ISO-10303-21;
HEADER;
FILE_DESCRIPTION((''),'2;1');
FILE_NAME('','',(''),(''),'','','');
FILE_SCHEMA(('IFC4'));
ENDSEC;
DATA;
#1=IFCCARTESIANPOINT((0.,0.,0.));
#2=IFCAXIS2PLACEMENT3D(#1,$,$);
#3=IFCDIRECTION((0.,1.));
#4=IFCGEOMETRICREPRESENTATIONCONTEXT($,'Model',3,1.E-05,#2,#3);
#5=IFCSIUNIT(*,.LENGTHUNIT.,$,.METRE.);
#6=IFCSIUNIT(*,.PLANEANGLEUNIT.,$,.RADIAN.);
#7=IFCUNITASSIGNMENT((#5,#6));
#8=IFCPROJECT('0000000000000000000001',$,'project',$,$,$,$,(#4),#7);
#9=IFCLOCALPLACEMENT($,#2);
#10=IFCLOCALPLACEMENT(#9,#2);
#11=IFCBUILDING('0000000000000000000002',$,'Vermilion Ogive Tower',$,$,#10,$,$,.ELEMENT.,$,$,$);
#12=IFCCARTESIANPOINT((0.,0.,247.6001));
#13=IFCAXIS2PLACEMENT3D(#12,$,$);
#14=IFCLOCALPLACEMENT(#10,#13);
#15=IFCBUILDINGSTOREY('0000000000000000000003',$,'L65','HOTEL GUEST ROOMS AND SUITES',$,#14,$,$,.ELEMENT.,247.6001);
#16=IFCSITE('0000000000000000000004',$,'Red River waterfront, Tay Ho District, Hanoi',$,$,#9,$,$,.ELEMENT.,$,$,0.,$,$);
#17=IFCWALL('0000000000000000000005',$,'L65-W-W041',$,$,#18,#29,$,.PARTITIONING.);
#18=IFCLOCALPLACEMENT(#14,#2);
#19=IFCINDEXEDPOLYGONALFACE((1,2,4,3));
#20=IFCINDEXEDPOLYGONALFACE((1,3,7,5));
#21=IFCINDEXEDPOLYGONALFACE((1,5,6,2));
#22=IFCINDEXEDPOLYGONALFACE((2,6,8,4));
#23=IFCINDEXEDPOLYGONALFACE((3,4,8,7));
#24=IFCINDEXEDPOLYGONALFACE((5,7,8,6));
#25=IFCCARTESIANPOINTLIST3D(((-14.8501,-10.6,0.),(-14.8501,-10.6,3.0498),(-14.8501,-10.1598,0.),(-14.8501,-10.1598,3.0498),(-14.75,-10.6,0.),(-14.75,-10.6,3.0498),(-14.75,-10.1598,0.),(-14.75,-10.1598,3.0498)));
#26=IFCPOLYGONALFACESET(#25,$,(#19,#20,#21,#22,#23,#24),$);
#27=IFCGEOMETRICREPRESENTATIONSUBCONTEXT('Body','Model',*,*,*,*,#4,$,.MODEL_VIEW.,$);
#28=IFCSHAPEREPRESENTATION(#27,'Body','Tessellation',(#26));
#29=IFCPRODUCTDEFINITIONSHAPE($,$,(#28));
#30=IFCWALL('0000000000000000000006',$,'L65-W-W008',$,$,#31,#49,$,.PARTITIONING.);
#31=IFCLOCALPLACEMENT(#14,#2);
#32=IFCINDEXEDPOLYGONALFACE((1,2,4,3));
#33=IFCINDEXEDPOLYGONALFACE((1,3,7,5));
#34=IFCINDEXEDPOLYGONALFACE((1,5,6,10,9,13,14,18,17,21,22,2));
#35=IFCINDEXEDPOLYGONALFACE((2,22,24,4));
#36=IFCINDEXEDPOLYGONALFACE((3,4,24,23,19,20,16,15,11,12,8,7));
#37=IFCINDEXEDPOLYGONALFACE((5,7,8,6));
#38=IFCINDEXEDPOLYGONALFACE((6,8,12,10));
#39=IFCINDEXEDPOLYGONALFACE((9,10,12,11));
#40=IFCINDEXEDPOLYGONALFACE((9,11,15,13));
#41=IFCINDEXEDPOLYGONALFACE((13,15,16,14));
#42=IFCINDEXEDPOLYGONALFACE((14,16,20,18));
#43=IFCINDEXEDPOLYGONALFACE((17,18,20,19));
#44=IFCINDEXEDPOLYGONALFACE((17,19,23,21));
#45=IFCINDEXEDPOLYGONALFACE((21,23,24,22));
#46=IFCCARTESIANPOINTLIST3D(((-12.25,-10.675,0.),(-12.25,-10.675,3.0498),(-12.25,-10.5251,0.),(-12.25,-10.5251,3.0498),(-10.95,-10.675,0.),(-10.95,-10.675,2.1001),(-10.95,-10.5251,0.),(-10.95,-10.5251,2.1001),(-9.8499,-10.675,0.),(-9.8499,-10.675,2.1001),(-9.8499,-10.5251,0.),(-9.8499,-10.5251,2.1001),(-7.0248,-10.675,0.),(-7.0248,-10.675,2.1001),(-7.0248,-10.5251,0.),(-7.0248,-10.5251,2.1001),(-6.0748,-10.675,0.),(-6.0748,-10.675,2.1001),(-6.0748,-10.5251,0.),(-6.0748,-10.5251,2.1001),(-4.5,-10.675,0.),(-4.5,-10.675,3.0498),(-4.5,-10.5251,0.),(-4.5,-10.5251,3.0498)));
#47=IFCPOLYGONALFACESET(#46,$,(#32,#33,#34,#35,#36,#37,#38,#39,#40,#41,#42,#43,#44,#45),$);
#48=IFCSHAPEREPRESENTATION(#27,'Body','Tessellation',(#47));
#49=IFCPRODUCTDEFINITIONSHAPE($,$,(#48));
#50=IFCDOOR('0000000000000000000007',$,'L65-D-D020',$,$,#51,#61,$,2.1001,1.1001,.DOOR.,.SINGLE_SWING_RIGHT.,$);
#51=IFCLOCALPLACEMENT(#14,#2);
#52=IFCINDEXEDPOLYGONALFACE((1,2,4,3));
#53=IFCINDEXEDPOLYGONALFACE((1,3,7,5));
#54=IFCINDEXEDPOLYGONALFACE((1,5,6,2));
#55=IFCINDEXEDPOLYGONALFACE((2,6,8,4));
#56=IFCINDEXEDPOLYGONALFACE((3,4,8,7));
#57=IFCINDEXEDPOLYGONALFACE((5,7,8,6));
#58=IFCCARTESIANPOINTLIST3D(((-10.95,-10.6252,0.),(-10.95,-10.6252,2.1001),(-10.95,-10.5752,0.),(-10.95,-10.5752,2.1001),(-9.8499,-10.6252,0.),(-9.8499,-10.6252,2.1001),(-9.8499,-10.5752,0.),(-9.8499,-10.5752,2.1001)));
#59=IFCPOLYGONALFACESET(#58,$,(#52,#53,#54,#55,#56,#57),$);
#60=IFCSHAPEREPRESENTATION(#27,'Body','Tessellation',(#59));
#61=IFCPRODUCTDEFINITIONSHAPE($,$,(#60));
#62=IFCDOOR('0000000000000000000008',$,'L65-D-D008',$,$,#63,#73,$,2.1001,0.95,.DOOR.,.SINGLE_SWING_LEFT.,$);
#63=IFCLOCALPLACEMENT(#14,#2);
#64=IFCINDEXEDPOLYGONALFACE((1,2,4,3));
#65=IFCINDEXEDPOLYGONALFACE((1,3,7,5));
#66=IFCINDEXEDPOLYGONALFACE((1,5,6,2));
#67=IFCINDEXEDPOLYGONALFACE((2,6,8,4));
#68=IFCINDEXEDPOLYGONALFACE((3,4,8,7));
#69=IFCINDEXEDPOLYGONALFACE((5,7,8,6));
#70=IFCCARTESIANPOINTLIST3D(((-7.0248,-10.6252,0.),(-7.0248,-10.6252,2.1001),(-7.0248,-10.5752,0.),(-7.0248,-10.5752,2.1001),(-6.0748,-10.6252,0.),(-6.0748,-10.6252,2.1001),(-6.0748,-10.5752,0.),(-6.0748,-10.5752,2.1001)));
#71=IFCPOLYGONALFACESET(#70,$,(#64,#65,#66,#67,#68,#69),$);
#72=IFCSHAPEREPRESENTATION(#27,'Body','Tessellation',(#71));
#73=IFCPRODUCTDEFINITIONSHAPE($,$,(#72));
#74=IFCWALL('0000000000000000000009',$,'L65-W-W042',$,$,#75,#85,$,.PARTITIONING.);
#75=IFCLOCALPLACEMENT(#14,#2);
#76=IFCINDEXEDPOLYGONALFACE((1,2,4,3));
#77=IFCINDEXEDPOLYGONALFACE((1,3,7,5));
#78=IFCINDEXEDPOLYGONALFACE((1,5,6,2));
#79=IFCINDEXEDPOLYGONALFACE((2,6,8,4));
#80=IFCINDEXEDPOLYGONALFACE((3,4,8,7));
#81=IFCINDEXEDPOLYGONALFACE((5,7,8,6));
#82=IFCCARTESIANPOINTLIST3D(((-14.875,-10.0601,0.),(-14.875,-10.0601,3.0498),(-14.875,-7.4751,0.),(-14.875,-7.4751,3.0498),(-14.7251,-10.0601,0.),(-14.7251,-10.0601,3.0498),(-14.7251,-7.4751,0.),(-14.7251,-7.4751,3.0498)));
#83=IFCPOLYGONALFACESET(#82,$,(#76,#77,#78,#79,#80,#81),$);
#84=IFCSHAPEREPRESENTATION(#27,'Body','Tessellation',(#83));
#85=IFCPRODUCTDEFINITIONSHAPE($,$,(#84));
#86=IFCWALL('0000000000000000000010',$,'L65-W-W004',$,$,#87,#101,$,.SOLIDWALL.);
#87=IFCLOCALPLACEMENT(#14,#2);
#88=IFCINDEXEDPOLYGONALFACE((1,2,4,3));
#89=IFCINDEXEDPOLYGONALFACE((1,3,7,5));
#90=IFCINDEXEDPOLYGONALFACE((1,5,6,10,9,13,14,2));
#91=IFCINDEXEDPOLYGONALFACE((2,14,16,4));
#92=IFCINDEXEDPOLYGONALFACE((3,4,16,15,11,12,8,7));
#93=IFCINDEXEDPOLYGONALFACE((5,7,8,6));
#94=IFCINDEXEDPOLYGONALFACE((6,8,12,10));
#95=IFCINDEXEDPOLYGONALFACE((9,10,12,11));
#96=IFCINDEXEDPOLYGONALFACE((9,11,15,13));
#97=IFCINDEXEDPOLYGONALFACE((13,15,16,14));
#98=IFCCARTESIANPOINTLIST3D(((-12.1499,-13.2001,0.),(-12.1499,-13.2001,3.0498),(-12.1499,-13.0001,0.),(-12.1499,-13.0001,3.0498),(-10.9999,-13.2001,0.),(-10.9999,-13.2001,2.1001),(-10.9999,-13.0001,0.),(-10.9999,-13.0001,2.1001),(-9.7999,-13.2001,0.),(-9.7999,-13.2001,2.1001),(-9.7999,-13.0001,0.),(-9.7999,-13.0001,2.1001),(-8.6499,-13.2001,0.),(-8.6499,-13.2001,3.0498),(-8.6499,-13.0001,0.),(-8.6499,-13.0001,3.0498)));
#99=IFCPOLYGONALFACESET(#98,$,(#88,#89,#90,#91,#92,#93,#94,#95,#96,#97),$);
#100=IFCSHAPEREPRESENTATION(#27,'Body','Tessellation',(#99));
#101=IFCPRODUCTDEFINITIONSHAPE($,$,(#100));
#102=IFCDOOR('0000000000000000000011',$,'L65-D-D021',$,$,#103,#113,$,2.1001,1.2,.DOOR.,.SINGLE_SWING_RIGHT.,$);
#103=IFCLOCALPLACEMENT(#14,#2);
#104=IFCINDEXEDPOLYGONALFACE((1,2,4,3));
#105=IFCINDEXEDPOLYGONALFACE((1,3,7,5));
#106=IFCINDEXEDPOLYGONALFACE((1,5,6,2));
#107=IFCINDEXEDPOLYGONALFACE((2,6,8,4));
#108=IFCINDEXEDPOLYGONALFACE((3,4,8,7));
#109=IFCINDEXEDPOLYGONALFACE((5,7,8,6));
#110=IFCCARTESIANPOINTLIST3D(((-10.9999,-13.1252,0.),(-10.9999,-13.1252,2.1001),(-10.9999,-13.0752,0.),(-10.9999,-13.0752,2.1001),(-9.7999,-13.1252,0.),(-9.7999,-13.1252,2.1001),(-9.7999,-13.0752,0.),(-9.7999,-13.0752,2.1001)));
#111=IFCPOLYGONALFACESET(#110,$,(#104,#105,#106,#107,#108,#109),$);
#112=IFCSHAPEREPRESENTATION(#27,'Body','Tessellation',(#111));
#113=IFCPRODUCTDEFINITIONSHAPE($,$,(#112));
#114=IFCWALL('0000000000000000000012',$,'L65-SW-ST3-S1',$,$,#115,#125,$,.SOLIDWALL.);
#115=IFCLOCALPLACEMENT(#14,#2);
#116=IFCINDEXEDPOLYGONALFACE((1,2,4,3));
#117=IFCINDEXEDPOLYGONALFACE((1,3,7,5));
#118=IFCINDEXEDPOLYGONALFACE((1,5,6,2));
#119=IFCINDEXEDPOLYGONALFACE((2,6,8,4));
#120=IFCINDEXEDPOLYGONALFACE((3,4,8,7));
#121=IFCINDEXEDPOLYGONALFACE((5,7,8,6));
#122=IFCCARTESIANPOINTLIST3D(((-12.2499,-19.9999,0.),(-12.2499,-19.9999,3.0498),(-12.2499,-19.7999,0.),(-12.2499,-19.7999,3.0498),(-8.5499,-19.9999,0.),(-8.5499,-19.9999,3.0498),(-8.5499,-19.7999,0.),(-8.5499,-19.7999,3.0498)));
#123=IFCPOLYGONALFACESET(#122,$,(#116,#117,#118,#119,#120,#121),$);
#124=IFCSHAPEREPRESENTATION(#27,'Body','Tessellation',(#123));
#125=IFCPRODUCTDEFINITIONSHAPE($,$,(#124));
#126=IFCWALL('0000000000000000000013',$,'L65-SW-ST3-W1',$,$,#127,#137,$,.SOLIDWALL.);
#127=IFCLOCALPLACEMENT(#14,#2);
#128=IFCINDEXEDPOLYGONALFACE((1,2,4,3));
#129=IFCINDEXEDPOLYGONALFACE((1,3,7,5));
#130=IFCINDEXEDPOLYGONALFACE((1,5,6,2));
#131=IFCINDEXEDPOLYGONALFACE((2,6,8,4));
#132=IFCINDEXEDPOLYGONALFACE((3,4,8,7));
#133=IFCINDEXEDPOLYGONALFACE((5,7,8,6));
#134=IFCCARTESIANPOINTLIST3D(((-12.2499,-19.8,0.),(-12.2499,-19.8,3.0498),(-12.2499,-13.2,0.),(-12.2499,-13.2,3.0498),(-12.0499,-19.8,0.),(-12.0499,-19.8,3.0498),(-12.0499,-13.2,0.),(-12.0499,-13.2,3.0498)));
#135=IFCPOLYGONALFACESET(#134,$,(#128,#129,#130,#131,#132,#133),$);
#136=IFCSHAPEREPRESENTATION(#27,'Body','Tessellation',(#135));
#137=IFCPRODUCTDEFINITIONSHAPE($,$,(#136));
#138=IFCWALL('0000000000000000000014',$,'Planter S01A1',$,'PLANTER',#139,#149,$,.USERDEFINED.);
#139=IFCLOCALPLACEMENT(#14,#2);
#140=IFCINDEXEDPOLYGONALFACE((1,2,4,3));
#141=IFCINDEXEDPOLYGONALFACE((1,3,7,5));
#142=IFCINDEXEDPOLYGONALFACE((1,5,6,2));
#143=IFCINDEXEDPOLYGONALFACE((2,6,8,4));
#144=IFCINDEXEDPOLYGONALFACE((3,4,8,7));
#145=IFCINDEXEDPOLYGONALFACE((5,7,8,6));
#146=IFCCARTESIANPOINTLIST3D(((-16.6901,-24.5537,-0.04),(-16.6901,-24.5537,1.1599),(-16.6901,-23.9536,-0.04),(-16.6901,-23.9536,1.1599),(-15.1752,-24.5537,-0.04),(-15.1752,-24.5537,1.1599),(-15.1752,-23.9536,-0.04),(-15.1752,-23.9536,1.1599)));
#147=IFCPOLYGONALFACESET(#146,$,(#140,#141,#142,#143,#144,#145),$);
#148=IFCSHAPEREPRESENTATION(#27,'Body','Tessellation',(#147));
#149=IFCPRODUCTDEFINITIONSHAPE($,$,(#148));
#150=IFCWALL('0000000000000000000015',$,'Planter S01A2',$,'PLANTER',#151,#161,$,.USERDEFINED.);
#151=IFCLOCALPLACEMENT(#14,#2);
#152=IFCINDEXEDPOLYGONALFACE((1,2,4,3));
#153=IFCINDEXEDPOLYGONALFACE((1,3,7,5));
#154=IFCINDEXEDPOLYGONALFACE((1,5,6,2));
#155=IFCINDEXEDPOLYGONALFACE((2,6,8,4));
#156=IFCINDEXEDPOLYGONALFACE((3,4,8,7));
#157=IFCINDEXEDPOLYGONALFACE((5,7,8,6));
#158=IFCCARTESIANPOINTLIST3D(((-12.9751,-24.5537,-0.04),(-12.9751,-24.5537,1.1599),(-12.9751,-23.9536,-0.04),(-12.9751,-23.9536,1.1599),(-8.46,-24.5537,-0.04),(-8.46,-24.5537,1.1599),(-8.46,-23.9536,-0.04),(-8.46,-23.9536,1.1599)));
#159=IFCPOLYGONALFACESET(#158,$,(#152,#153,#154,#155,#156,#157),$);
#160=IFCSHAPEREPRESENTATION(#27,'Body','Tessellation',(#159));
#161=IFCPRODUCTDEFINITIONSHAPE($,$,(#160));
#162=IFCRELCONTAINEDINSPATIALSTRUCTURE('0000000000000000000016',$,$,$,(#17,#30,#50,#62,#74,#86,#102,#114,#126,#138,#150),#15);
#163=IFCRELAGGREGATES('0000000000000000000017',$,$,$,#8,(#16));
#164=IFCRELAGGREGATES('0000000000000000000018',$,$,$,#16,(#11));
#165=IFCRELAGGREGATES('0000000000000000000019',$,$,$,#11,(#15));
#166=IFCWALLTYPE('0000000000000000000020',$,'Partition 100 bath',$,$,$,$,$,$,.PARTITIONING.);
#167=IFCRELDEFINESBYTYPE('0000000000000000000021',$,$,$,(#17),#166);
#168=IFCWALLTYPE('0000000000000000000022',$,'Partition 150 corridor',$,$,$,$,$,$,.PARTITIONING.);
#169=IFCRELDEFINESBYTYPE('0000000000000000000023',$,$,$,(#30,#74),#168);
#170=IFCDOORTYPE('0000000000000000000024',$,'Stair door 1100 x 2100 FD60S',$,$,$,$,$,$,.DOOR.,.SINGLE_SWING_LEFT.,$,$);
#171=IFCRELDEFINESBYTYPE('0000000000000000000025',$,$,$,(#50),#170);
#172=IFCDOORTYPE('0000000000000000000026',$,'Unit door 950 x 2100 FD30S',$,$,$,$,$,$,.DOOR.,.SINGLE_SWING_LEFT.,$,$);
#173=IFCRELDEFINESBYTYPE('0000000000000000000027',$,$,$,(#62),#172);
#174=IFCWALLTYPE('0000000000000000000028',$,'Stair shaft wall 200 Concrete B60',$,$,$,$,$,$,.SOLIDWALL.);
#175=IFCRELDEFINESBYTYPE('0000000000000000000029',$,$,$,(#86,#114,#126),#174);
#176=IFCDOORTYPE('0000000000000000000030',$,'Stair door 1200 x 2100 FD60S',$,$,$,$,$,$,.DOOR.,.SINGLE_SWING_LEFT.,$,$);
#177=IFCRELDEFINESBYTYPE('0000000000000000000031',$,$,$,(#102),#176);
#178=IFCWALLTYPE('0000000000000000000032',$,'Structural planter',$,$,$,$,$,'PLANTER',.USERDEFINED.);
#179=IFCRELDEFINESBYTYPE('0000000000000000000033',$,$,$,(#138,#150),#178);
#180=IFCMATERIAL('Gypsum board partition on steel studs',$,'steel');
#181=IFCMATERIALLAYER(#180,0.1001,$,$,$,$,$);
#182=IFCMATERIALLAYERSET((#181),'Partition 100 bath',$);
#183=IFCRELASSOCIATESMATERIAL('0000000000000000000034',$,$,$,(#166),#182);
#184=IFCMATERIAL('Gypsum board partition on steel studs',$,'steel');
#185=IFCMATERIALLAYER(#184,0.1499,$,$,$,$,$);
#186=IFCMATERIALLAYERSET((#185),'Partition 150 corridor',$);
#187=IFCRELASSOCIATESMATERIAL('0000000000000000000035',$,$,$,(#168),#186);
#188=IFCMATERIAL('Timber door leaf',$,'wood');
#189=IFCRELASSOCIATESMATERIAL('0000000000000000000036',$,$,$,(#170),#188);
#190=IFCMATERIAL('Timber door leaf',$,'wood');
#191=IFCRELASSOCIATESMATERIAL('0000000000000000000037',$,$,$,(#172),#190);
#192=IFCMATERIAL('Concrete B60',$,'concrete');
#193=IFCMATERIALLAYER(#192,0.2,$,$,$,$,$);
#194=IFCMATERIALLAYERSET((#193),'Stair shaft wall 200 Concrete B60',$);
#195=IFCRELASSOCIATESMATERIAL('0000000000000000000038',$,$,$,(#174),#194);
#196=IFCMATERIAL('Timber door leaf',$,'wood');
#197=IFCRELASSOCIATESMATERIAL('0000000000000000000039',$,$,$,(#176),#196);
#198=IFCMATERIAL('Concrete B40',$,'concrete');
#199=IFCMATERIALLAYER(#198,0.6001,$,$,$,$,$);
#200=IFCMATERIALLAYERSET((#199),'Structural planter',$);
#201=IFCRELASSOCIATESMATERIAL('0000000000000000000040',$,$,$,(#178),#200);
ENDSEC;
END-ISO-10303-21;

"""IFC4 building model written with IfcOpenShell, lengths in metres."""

from ifc_helpers import new_model, si_unit, direction, frame, frame_2d, origin, place, context, subcontext, project, spatial, rectangle, extrude, material, layer, layer_set, type_object, element, fill, save


model = new_model("IFC4")

# Units and contexts
model_context = context("Model", 3, precision=1e-05, world=origin(), true_north=direction((0.0, 1.0)))
body_context = subcontext(model_context, "Body", "Model", "MODEL_VIEW")
ifc_project = project(units=[si_unit("LENGTHUNIT", "METRE"), si_unit("PLANEANGLEUNIT", "RADIAN")], contexts=[model_context])

# Site, building, storey
site_placement = place(None, origin())
site = spatial("IfcSite", under=ifc_project, at=site_placement, Name="Red River waterfront, Tay Ho District, Hanoi", CompositionType="ELEMENT", RefElevation=0.0)
building_placement = place(site_placement, origin())
building = spatial("IfcBuilding", under=site, at=building_placement, Name="Vermilion Ogive Tower", CompositionType="ELEMENT")
storey_placement = place(building_placement, frame((0.0, 0.0, 247.6001)))
storey = spatial("IfcBuildingStorey", under=building, at=storey_placement, Name="L65", Description="HOTEL GUEST ROOMS AND SUITES", CompositionType="ELEMENT", Elevation=247.6001)

# Shared definitions
ifc_material_1 = material(Name="Gypsum board partition on steel studs", Category="steel")
ifc_layer_1 = layer(ifc_material_1, 0.1001)
ifc_layer_set_1 = layer_set([ifc_layer_1], Name="Partition 100 bath")
wall_type_1 = type_object("IfcWallType", Name="Partition 100 bath", PredefinedType="PARTITIONING", material=ifc_layer_set_1)

# Wall
wall_1_placement = place(storey_placement, frame((-14.8, -10.6001, 0.0), z_axis=(0.0, 0.0, 1.0), x_axis=(0.0, 1.0, 0.0)))
element("IfcWall", 1, at=wall_1_placement, inside=storey, type_object=wall_type_1, Name="L65-W-W041", PredefinedType="PARTITIONING", context=body_context, shape_type="SweptSolid", body=[
    extrude(rectangle(XDim=0.4402, YDim=0.1001, at=frame_2d((0.2202, 0.0))), origin(), (0.0, 0.0, 1.0), 3.0498),
])

# Wall, openings, doors
ifc_material_2 = material(Name="Gypsum board partition on steel studs", Category="steel")
ifc_layer_2 = layer(ifc_material_2, 0.1499)
ifc_layer_set_2 = layer_set([ifc_layer_2], Name="Partition 150 corridor")
wall_type_2 = type_object("IfcWallType", Name="Partition 150 corridor", PredefinedType="PARTITIONING", material=ifc_layer_set_2)
wall_2_placement = place(storey_placement, frame((-12.25, -10.6001, 0.0), z_axis=(0.0, 0.0, 1.0), x_axis=(1.0, 0.0, 0.0)))
wall_2 = element("IfcWall", 2, at=wall_2_placement, inside=storey, type_object=wall_type_2, Name="L65-W-W008", PredefinedType="PARTITIONING", context=body_context, shape_type="SweptSolid", body=[
    extrude(rectangle(XDim=7.75, YDim=0.1499, at=frame_2d((3.875, 0.0))), origin(), (0.0, 0.0, 1.0), 3.0498),
])
opening_1_placement = place(wall_2_placement, frame((5.2251, 0.0, 0.0)))
opening_1 = element("IfcOpeningElement", 3, at=opening_1_placement, cuts=wall_2, PredefinedType="OPENING", context=body_context, shape_type="SweptSolid", body=[
    extrude(rectangle(XDim=0.95, YDim=2.1001, at=frame_2d((0.4751, 1.05))), frame((0.0, 0.085, 0.0), z_axis=(0.0, -1.0, 0.0), x_axis=(1.0, 0.0, 0.0)), (0.0, 0.0, 1.0), 0.1699),
])
opening_2_placement = place(wall_2_placement, frame((1.3, 0.0, 0.0)))
opening_2 = element("IfcOpeningElement", 4, at=opening_2_placement, cuts=wall_2, PredefinedType="OPENING", context=body_context, shape_type="SweptSolid", body=[
    extrude(rectangle(XDim=1.1001, YDim=2.1001, at=frame_2d((0.55, 1.05))), frame((0.0, 0.085, 0.0), z_axis=(0.0, -1.0, 0.0), x_axis=(1.0, 0.0, 0.0)), (0.0, 0.0, 1.0), 0.1699),
])
ifc_material_3 = material(Name="Timber door leaf", Category="wood")
door_type_1 = type_object("IfcDoorType", Name="Stair door 1100 x 2100 FD60S", OperationType="SINGLE_SWING_LEFT", PredefinedType="DOOR", material=ifc_material_3)
door_1_placement = place(opening_2_placement, origin())
door_1 = element("IfcDoor", 5, at=door_1_placement, inside=storey, type_object=door_type_1, Name="L65-D-D020", OperationType="SINGLE_SWING_RIGHT", OverallHeight=2.1001, OverallWidth=1.1001, PredefinedType="DOOR", context=body_context, shape_type="SweptSolid", body=[
    extrude(rectangle(XDim=1.1001, YDim=2.1001, at=frame_2d((0.55, 1.05))), frame((0.0, 0.0249, 0.0), z_axis=(0.0, -1.0, 0.0), x_axis=(1.0, 0.0, 0.0)), (0.0, 0.0, 1.0), 0.05),
])
fill(opening_2, door_1)
ifc_material_4 = material(Name="Timber door leaf", Category="wood")
door_type_2 = type_object("IfcDoorType", Name="Unit door 950 x 2100 FD30S", OperationType="SINGLE_SWING_LEFT", PredefinedType="DOOR", material=ifc_material_4)
door_2_placement = place(opening_1_placement, origin())
door_2 = element("IfcDoor", 6, at=door_2_placement, inside=storey, type_object=door_type_2, Name="L65-D-D008", OperationType="SINGLE_SWING_LEFT", OverallHeight=2.1001, OverallWidth=0.95, PredefinedType="DOOR", context=body_context, shape_type="SweptSolid", body=[
    extrude(rectangle(XDim=0.95, YDim=2.1001, at=frame_2d((0.4751, 1.05))), frame((0.0, 0.0249, 0.0), z_axis=(0.0, -1.0, 0.0), x_axis=(1.0, 0.0, 0.0)), (0.0, 0.0, 1.0), 0.05),
])
fill(opening_1, door_2)

# Wall
wall_3_placement = place(storey_placement, frame((-14.8, -10.0601, 0.0), z_axis=(0.0, 0.0, 1.0), x_axis=(0.0, 1.0, 0.0)))
element("IfcWall", 7, at=wall_3_placement, inside=storey, type_object=wall_type_2, Name="L65-W-W042", PredefinedType="PARTITIONING", context=body_context, shape_type="SweptSolid", body=[
    extrude(rectangle(XDim=2.585, YDim=0.1499, at=frame_2d((1.2925, 0.0))), origin(), (0.0, 0.0, 1.0), 3.0498),
])

# Wall, opening, door
ifc_material_5 = material(Name="Concrete B60", Category="concrete")
ifc_layer_3 = layer(ifc_material_5, 0.2)
ifc_layer_set_3 = layer_set([ifc_layer_3], Name="Stair shaft wall 200 Concrete B60")
wall_type_3 = type_object("IfcWallType", Name="Stair shaft wall 200 Concrete B60", PredefinedType="SOLIDWALL", material=ifc_layer_set_3)
wall_4_placement = place(storey_placement, frame((-12.1499, -13.1001, 0.0), z_axis=(0.0, 0.0, 1.0), x_axis=(1.0, 0.0, 0.0)))
wall_4 = element("IfcWall", 8, at=wall_4_placement, inside=storey, type_object=wall_type_3, Name="L65-W-W004", PredefinedType="SOLIDWALL", context=body_context, shape_type="SweptSolid", body=[
    extrude(rectangle(XDim=3.5, YDim=0.2, at=frame_2d((1.75, 0.0))), origin(), (0.0, 0.0, 1.0), 3.0498),
])
opening_3_placement = place(wall_4_placement, frame((1.1499, 0.0, 0.0)))
opening_3 = element("IfcOpeningElement", 9, at=opening_3_placement, cuts=wall_4, PredefinedType="OPENING", context=body_context, shape_type="SweptSolid", body=[
    extrude(rectangle(XDim=1.2, YDim=2.1001, at=frame_2d((0.6001, 1.05))), frame((0.0, 0.1099, 0.0), z_axis=(0.0, -1.0, 0.0), x_axis=(1.0, 0.0, 0.0)), (0.0, 0.0, 1.0), 0.22),
])
ifc_material_6 = material(Name="Timber door leaf", Category="wood")
door_type_3 = type_object("IfcDoorType", Name="Stair door 1200 x 2100 FD60S", OperationType="SINGLE_SWING_LEFT", PredefinedType="DOOR", material=ifc_material_6)
door_3_placement = place(opening_3_placement, origin())
door_3 = element("IfcDoor", 10, at=door_3_placement, inside=storey, type_object=door_type_3, Name="L65-D-D021", OperationType="SINGLE_SWING_RIGHT", OverallHeight=2.1001, OverallWidth=1.2, PredefinedType="DOOR", context=body_context, shape_type="SweptSolid", body=[
    extrude(rectangle(XDim=1.2, YDim=2.1001, at=frame_2d((0.6001, 1.05))), frame((0.0, 0.0249, 0.0), z_axis=(0.0, -1.0, 0.0), x_axis=(1.0, 0.0, 0.0)), (0.0, 0.0, 1.0), 0.05),
])
fill(opening_3, door_3)

# Walls
wall_5_placement = place(storey_placement, frame((-12.25, -19.8999, 0.0), z_axis=(0.0, 0.0, 1.0), x_axis=(1.0, 0.0, 0.0)))
element("IfcWall", 11, at=wall_5_placement, inside=storey, type_object=wall_type_3, Name="L65-SW-ST3-S1", PredefinedType="SOLIDWALL", context=body_context, shape_type="SweptSolid", body=[
    extrude(rectangle(XDim=3.7, YDim=0.2, at=frame_2d((1.8501, 0.0))), origin(), (0.0, 0.0, 1.0), 3.0498),
])
wall_6_placement = place(storey_placement, frame((-12.1499, -19.8, 0.0), z_axis=(0.0, 0.0, 1.0), x_axis=(0.0, 1.0, 0.0)))
element("IfcWall", 12, at=wall_6_placement, inside=storey, type_object=wall_type_3, Name="L65-SW-ST3-W1", PredefinedType="SOLIDWALL", context=body_context, shape_type="SweptSolid", body=[
    extrude(rectangle(XDim=6.6001, YDim=0.2, at=frame_2d((3.3, 0.0))), origin(), (0.0, 0.0, 1.0), 3.0498),
])
ifc_material_7 = material(Name="Concrete B40", Category="concrete")
ifc_layer_4 = layer(ifc_material_7, 0.6001)
ifc_layer_set_4 = layer_set([ifc_layer_4], Name="Structural planter")
wall_type_4 = type_object("IfcWallType", Name="Structural planter", ElementType="PLANTER", PredefinedType="USERDEFINED", material=ifc_layer_set_4)
wall_7_placement = place(storey_placement, frame((-16.6899, -24.2537, -0.04), z_axis=(0.0, 0.0, 1.0), x_axis=(1.0, 0.0, 0.0)))
element("IfcWall", 13, at=wall_7_placement, inside=storey, type_object=wall_type_4, Name="Planter S01A1", ObjectType="PLANTER", PredefinedType="USERDEFINED", context=body_context, shape_type="SweptSolid", body=[
    extrude(rectangle(XDim=1.5149, YDim=0.6001, at=frame_2d((0.7573, 0.0))), origin(), (0.0, 0.0, 1.0), 1.2),
])
wall_8_placement = place(storey_placement, frame((-12.9751, -24.2537, -0.04), z_axis=(0.0, 0.0, 1.0), x_axis=(1.0, 0.0, 0.0)))
element("IfcWall", 14, at=wall_8_placement, inside=storey, type_object=wall_type_4, Name="Planter S01A2", ObjectType="PLANTER", PredefinedType="USERDEFINED", context=body_context, shape_type="SweptSolid", body=[
    extrude(rectangle(XDim=4.5151, YDim=0.6001, at=frame_2d((2.2576, 0.0))), origin(), (0.0, 0.0, 1.0), 1.2),
])

save(model, "model.ifc")
